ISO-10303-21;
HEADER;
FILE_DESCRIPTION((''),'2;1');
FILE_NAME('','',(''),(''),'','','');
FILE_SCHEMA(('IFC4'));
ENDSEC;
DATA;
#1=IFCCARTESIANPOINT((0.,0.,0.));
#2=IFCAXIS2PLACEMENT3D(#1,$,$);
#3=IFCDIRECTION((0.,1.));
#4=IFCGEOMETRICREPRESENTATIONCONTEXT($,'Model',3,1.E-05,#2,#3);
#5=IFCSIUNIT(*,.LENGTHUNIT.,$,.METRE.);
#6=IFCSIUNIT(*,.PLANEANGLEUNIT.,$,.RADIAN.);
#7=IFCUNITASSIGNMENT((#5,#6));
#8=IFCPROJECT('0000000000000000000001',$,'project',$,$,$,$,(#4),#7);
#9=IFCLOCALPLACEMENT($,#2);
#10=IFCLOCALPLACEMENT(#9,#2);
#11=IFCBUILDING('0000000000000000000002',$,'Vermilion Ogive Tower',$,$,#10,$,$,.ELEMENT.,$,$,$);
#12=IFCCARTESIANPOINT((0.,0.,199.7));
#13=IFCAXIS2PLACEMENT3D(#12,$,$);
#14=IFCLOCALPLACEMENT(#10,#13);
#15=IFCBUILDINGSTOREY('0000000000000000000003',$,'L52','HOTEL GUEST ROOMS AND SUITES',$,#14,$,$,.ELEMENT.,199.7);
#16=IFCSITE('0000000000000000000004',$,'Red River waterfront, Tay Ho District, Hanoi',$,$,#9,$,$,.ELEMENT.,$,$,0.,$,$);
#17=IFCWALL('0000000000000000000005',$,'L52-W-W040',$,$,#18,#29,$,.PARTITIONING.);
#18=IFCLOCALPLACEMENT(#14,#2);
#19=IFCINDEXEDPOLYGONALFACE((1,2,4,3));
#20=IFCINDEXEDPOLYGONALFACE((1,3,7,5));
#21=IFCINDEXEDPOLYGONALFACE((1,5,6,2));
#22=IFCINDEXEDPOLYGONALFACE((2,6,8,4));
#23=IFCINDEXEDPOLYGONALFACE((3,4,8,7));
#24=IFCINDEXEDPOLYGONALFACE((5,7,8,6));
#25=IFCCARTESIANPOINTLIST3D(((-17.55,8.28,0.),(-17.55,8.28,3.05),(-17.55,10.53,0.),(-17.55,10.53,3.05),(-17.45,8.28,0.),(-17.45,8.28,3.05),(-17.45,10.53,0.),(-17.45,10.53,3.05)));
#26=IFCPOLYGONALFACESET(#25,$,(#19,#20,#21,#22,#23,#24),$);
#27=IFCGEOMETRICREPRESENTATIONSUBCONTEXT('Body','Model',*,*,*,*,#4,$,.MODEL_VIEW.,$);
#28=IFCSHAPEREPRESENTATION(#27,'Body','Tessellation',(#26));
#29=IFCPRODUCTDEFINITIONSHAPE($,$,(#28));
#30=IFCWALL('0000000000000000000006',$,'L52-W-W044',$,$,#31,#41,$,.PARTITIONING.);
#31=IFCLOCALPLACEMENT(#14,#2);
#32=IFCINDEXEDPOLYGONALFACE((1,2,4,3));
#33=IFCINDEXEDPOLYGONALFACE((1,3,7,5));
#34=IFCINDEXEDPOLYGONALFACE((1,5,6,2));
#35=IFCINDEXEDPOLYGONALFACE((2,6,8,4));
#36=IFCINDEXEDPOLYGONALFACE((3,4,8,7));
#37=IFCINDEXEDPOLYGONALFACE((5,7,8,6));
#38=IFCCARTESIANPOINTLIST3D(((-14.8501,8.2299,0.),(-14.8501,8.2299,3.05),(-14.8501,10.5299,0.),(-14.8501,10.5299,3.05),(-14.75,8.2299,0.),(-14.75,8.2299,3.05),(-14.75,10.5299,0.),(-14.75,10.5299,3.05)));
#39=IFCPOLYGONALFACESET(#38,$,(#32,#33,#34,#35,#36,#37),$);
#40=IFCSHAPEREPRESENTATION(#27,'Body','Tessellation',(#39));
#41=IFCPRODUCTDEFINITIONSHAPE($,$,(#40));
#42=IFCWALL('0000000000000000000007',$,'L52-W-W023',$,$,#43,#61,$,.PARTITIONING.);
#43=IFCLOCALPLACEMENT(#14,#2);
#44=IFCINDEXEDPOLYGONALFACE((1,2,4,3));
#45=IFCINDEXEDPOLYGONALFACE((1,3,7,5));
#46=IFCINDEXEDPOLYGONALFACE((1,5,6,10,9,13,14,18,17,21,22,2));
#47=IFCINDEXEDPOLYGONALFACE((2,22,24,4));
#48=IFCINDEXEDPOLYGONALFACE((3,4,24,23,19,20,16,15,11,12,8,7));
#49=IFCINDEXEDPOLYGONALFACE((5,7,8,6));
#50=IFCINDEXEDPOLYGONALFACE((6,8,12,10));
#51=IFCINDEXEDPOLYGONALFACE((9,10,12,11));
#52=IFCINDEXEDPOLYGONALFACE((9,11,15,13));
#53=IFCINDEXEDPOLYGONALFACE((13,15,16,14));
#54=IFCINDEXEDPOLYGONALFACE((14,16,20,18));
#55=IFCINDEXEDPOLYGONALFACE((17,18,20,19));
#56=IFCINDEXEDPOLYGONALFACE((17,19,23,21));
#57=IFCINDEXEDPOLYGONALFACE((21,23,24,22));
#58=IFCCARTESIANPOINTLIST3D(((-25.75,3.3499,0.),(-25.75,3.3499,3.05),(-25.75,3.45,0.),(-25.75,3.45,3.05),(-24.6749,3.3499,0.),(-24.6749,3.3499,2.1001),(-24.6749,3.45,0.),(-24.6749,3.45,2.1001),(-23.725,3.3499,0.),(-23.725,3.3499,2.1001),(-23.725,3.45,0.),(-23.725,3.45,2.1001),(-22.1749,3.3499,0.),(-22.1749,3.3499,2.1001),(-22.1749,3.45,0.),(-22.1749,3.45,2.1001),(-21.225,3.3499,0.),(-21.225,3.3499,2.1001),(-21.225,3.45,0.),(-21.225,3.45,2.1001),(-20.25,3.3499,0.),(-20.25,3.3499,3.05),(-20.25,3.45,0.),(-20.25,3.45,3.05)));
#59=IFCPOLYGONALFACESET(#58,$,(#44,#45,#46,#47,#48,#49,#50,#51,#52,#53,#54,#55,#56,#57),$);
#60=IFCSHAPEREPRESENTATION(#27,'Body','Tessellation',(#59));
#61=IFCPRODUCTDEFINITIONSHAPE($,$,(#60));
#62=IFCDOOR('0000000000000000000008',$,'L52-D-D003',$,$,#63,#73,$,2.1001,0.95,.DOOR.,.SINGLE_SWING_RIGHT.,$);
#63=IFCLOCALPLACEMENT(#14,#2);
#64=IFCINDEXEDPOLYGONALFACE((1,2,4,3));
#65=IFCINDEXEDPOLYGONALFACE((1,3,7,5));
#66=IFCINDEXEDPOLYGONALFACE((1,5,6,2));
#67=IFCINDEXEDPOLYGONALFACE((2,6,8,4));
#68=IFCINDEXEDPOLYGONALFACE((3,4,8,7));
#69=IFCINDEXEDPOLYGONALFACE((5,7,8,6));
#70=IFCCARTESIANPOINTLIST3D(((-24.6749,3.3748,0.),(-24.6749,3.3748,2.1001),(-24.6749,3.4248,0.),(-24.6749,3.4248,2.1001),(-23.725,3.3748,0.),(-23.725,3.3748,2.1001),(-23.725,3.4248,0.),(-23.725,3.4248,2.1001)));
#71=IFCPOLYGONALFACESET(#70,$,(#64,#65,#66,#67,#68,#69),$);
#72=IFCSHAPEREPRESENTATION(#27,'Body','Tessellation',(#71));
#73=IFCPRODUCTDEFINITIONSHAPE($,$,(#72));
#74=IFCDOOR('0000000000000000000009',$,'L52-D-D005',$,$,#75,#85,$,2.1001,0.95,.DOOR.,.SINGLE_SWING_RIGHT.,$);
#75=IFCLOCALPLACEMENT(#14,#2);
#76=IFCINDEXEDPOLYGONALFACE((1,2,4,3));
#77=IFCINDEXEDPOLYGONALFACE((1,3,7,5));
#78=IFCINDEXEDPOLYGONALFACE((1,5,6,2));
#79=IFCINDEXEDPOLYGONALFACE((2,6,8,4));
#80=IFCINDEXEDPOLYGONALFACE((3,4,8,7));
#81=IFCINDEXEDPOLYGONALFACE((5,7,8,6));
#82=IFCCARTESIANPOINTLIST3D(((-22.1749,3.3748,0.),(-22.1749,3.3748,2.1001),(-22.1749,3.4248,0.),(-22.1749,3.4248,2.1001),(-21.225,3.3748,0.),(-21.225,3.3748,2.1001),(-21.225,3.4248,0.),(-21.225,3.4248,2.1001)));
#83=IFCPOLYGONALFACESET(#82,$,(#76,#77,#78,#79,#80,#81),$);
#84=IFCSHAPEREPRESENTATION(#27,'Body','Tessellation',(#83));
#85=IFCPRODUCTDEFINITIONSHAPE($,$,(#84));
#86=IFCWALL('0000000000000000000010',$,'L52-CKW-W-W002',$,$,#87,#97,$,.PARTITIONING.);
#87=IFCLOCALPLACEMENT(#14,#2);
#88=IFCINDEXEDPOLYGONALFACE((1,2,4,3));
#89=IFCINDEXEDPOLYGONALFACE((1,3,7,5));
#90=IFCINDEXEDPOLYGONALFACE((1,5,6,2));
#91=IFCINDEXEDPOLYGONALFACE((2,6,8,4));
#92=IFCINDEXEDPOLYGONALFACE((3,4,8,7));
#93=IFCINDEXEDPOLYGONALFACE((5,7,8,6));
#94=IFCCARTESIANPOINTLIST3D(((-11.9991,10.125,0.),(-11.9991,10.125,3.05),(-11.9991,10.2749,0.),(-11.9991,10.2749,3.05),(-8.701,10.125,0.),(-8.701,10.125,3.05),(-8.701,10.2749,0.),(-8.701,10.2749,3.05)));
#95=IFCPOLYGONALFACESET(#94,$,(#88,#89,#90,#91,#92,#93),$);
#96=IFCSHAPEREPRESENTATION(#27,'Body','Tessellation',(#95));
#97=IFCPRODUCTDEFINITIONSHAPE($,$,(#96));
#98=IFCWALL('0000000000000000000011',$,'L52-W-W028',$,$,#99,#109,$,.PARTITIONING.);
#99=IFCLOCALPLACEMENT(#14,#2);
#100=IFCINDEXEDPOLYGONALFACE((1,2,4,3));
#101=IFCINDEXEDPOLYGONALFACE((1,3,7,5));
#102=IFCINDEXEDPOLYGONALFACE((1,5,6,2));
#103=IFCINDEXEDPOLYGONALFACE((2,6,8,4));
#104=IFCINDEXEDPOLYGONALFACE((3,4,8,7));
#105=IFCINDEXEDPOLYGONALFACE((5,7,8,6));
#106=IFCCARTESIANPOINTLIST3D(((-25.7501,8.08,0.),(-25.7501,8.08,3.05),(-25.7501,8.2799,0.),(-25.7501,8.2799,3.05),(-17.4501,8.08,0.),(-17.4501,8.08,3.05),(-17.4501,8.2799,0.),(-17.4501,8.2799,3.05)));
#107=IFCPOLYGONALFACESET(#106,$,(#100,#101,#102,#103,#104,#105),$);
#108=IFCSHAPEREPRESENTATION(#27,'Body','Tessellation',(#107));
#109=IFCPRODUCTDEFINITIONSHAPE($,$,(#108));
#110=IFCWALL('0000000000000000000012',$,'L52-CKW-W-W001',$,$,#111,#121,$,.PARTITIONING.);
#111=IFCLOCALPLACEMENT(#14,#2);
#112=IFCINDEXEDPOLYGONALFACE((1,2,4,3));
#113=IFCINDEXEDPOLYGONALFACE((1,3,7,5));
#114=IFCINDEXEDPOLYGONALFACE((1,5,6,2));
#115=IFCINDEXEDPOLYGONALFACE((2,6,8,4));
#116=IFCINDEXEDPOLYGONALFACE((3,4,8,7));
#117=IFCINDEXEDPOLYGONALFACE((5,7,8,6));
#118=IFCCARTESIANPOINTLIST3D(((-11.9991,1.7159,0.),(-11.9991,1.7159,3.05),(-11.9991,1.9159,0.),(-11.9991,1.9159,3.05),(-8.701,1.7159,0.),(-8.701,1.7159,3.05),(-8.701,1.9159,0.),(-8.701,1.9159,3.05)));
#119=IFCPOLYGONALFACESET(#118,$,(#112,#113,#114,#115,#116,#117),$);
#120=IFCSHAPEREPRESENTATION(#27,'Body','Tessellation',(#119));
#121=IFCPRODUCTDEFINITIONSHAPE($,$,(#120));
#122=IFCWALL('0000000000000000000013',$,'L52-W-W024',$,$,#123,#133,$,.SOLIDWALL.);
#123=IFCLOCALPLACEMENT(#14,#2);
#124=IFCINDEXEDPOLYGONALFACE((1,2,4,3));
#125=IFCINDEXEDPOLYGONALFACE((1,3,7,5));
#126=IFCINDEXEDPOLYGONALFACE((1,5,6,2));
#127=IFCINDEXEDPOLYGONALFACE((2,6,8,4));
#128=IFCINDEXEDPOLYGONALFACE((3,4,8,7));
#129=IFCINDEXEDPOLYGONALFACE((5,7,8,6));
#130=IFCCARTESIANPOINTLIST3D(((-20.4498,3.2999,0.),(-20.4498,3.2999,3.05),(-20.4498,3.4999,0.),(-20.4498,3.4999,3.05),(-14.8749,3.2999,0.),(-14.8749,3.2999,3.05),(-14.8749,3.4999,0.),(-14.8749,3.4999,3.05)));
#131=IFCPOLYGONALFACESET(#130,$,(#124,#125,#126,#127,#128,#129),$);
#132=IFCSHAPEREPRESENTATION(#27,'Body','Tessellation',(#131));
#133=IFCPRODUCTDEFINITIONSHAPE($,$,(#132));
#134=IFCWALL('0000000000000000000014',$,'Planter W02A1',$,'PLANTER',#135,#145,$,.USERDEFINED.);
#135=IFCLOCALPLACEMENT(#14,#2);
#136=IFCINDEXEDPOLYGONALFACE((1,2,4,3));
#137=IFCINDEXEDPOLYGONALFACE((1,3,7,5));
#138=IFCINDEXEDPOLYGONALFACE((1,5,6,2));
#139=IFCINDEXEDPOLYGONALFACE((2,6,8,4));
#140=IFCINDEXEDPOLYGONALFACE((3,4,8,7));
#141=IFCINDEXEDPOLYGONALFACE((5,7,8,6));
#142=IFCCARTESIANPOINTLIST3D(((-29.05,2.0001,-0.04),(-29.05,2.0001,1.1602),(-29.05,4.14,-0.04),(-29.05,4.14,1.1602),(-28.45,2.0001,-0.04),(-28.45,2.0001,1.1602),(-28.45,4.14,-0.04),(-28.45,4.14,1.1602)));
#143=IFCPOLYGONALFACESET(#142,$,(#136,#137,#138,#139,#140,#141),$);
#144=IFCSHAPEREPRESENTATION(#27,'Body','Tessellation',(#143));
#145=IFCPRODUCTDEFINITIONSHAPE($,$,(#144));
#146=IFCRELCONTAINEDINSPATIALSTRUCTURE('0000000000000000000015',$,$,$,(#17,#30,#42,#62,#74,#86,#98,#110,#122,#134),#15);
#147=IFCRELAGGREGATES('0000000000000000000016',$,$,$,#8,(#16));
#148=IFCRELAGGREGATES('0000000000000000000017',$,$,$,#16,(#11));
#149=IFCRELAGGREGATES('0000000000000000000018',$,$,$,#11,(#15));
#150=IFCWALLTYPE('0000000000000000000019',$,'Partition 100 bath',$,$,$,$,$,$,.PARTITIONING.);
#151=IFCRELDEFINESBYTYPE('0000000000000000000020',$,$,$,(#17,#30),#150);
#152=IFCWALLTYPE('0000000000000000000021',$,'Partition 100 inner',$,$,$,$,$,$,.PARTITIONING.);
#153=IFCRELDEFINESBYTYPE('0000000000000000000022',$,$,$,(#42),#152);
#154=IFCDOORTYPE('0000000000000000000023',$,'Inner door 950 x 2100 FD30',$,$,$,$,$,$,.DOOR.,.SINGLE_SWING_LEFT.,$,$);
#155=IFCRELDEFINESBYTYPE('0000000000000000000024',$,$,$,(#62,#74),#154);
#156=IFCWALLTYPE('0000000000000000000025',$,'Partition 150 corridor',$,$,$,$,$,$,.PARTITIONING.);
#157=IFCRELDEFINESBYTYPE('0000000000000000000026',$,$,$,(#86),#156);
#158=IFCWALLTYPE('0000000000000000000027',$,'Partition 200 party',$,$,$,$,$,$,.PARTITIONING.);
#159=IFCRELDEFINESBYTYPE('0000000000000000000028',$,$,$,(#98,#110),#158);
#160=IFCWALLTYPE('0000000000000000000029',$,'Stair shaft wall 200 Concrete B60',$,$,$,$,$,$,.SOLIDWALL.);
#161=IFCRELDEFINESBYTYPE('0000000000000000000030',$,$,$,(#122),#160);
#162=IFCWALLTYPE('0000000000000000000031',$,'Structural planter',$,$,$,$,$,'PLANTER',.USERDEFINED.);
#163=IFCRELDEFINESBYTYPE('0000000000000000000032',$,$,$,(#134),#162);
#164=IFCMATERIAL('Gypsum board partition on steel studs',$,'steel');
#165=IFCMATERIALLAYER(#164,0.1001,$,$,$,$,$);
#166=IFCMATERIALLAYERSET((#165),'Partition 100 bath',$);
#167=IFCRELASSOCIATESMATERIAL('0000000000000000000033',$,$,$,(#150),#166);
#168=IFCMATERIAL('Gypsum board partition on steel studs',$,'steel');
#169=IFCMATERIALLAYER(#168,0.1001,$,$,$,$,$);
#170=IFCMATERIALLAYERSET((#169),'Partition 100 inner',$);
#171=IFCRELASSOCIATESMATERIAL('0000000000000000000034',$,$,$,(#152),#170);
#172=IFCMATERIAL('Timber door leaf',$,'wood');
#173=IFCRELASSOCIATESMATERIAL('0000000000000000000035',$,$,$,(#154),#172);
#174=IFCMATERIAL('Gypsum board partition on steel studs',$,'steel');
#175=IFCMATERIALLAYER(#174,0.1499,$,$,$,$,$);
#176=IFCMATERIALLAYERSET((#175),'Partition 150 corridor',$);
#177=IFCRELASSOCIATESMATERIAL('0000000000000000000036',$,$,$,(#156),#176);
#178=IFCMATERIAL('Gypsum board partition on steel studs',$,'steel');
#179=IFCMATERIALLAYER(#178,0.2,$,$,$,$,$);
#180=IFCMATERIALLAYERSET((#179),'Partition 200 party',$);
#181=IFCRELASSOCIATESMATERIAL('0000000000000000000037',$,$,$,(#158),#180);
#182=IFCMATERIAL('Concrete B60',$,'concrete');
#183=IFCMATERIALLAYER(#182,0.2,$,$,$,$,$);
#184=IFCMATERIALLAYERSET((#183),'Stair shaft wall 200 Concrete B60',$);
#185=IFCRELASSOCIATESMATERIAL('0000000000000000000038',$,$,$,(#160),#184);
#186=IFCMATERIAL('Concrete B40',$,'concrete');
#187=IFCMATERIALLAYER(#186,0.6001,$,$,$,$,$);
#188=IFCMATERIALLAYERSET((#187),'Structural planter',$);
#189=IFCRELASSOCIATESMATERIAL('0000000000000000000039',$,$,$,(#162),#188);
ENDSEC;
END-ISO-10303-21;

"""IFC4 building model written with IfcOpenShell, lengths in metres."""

from ifc_helpers import new_model, si_unit, direction, frame, frame_2d, origin, place, context, subcontext, project, spatial, rectangle, extrude, material, layer, layer_set, type_object, element, fill, save


model = new_model("IFC4")

# Units and contexts
model_context = context("Model", 3, precision=1e-05, world=origin(), true_north=direction((0.0, 1.0)))
body_context = subcontext(model_context, "Body", "Model", "MODEL_VIEW")
ifc_project = project(units=[si_unit("LENGTHUNIT", "METRE"), si_unit("PLANEANGLEUNIT", "RADIAN")], contexts=[model_context])

# Site, building, storey
site_placement = place(None, origin())
site = spatial("IfcSite", under=ifc_project, at=site_placement, Name="Red River waterfront, Tay Ho District, Hanoi", CompositionType="ELEMENT", RefElevation=0.0)
building_placement = place(site_placement, origin())
building = spatial("IfcBuilding", under=site, at=building_placement, Name="Vermilion Ogive Tower", CompositionType="ELEMENT")
storey_placement = place(building_placement, frame((0.0, 0.0, 199.7)))
storey = spatial("IfcBuildingStorey", under=building, at=storey_placement, Name="L52", Description="HOTEL GUEST ROOMS AND SUITES", CompositionType="ELEMENT", Elevation=199.7)

# Shared definitions
ifc_material_1 = material(Name="Gypsum board partition on steel studs", Category="steel")
ifc_layer_1 = layer(ifc_material_1, 0.1001)
ifc_layer_set_1 = layer_set([ifc_layer_1], Name="Partition 100 bath")
wall_type_1 = type_object("IfcWallType", Name="Partition 100 bath", PredefinedType="PARTITIONING", material=ifc_layer_set_1)

# Walls
wall_1_placement = place(storey_placement, frame((-17.5, 8.28, 0.0), z_axis=(0.0, 0.0, 1.0), x_axis=(0.0, 1.0, 0.0)))
element("IfcWall", 1, at=wall_1_placement, inside=storey, type_object=wall_type_1, Name="L52-W-W040", PredefinedType="PARTITIONING", context=body_context, shape_type="SweptSolid", body=[
    extrude(rectangle(XDim=2.25, YDim=0.1001, at=frame_2d((1.125, 0.0))), origin(), (0.0, 0.0, 1.0), 3.05),
])
wall_2_placement = place(storey_placement, frame((-14.8, 8.23, 0.0), z_axis=(0.0, 0.0, 1.0), x_axis=(0.0, 1.0, 0.0)))
element("IfcWall", 2, at=wall_2_placement, inside=storey, type_object=wall_type_1, Name="L52-W-W044", PredefinedType="PARTITIONING", context=body_context, shape_type="SweptSolid", body=[
    extrude(rectangle(XDim=2.3, YDim=0.1001, at=frame_2d((1.1499, 0.0))), origin(), (0.0, 0.0, 1.0), 3.05),
])

# Wall, openings, doors
ifc_material_2 = material(Name="Gypsum board partition on steel studs", Category="steel")
ifc_layer_2 = layer(ifc_material_2, 0.1001)
ifc_layer_set_2 = layer_set([ifc_layer_2], Name="Partition 100 inner")
wall_type_2 = type_object("IfcWallType", Name="Partition 100 inner", PredefinedType="PARTITIONING", material=ifc_layer_set_2)
wall_3_placement = place(storey_placement, frame((-25.75, 3.3999, 0.0), z_axis=(0.0, 0.0, 1.0), x_axis=(1.0, 0.0, 0.0)))
wall_3 = element("IfcWall", 3, at=wall_3_placement, inside=storey, type_object=wall_type_2, Name="L52-W-W023", PredefinedType="PARTITIONING", context=body_context, shape_type="SweptSolid", body=[
    extrude(rectangle(XDim=5.5, YDim=0.1001, at=frame_2d((2.75, 0.0))), origin(), (0.0, 0.0, 1.0), 3.05),
])
opening_1_placement = place(wall_3_placement, frame((1.075, 0.0, 0.0)))
opening_1 = element("IfcOpeningElement", 4, at=opening_1_placement, cuts=wall_3, PredefinedType="OPENING", context=body_context, shape_type="SweptSolid", body=[
    extrude(rectangle(XDim=0.95, YDim=2.1001, at=frame_2d((0.4751, 1.05))), frame((0.0, 0.0601, 0.0), z_axis=(0.0, -1.0, 0.0), x_axis=(1.0, 0.0, 0.0)), (0.0, 0.0, 1.0), 0.1201),
])
opening_2_placement = place(wall_3_placement, frame((3.575, 0.0, 0.0)))
opening_2 = element("IfcOpeningElement", 5, at=opening_2_placement, cuts=wall_3, PredefinedType="OPENING", context=body_context, shape_type="SweptSolid", body=[
    extrude(rectangle(XDim=0.95, YDim=2.1001, at=frame_2d((0.4751, 1.05))), frame((0.0, 0.0601, 0.0), z_axis=(0.0, -1.0, 0.0), x_axis=(1.0, 0.0, 0.0)), (0.0, 0.0, 1.0), 0.1201),
])
ifc_material_3 = material(Name="Timber door leaf", Category="wood")
door_type_1 = type_object("IfcDoorType", Name="Inner door 950 x 2100 FD30", OperationType="SINGLE_SWING_LEFT", PredefinedType="DOOR", material=ifc_material_3)
door_1_placement = place(opening_1_placement, origin())
door_1 = element("IfcDoor", 6, at=door_1_placement, inside=storey, type_object=door_type_1, Name="L52-D-D003", OperationType="SINGLE_SWING_RIGHT", OverallHeight=2.1001, OverallWidth=0.95, PredefinedType="DOOR", context=body_context, shape_type="SweptSolid", body=[
    extrude(rectangle(XDim=0.95, YDim=2.1001, at=frame_2d((0.4751, 1.05))), frame((0.0, 0.0249, 0.0), z_axis=(0.0, -1.0, 0.0), x_axis=(1.0, 0.0, 0.0)), (0.0, 0.0, 1.0), 0.05),
])
fill(opening_1, door_1)
door_2_placement = place(opening_2_placement, origin())
door_2 = element("IfcDoor", 7, at=door_2_placement, inside=storey, type_object=door_type_1, Name="L52-D-D005", OperationType="SINGLE_SWING_RIGHT", OverallHeight=2.1001, OverallWidth=0.95, PredefinedType="DOOR", context=body_context, shape_type="SweptSolid", body=[
    extrude(rectangle(XDim=0.95, YDim=2.1001, at=frame_2d((0.4751, 1.05))), frame((0.0, 0.0249, 0.0), z_axis=(0.0, -1.0, 0.0), x_axis=(1.0, 0.0, 0.0)), (0.0, 0.0, 1.0), 0.05),
])
fill(opening_2, door_2)

# Walls
ifc_material_4 = material(Name="Gypsum board partition on steel studs", Category="steel")
ifc_layer_3 = layer(ifc_material_4, 0.1499)
ifc_layer_set_3 = layer_set([ifc_layer_3], Name="Partition 150 corridor")
wall_type_3 = type_object("IfcWallType", Name="Partition 150 corridor", PredefinedType="PARTITIONING", material=ifc_layer_set_3)
wall_4_placement = place(storey_placement, frame((-11.999, 10.2, 0.0), z_axis=(0.0, 0.0, 1.0), x_axis=(1.0, 0.0, 0.0)))
element("IfcWall", 8, at=wall_4_placement, inside=storey, type_object=wall_type_3, Name="L52-CKW-W-W002", PredefinedType="PARTITIONING", context=body_context, shape_type="SweptSolid", body=[
    extrude(rectangle(XDim=3.2981, YDim=0.1499, at=frame_2d((1.6489, 0.0))), origin(), (0.0, 0.0, 1.0), 3.05),
])
ifc_material_5 = material(Name="Gypsum board partition on steel studs", Category="steel")
ifc_layer_4 = layer(ifc_material_5, 0.2)
ifc_layer_set_4 = layer_set([ifc_layer_4], Name="Partition 200 party")
wall_type_4 = type_object("IfcWallType", Name="Partition 200 party", PredefinedType="PARTITIONING", material=ifc_layer_set_4)
wall_5_placement = place(storey_placement, frame((-25.75, 8.1799, 0.0), z_axis=(0.0, 0.0, 1.0), x_axis=(1.0, 0.0, 0.0)))
element("IfcWall", 9, at=wall_5_placement, inside=storey, type_object=wall_type_4, Name="L52-W-W028", PredefinedType="PARTITIONING", context=body_context, shape_type="SweptSolid", body=[
    extrude(rectangle(XDim=8.3, YDim=0.2, at=frame_2d((4.1499, 0.0))), origin(), (0.0, 0.0, 1.0), 3.05),
])
wall_6_placement = place(storey_placement, frame((-11.999, 1.8159, 0.0), z_axis=(0.0, 0.0, 1.0), x_axis=(1.0, 0.0, 0.0)))
element("IfcWall", 10, at=wall_6_placement, inside=storey, type_object=wall_type_4, Name="L52-CKW-W-W001", PredefinedType="PARTITIONING", context=body_context, shape_type="SweptSolid", body=[
    extrude(rectangle(XDim=3.2981, YDim=0.2, at=frame_2d((1.6489, 0.0))), origin(), (0.0, 0.0, 1.0), 3.05),
])
ifc_material_6 = material(Name="Concrete B60", Category="concrete")
ifc_layer_5 = layer(ifc_material_6, 0.2)
ifc_layer_set_5 = layer_set([ifc_layer_5], Name="Stair shaft wall 200 Concrete B60")
wall_type_5 = type_object("IfcWallType", Name="Stair shaft wall 200 Concrete B60", PredefinedType="SOLIDWALL", material=ifc_layer_set_5)
wall_7_placement = place(storey_placement, frame((-20.45, 3.3999, 0.0), z_axis=(0.0, 0.0, 1.0), x_axis=(1.0, 0.0, 0.0)))
element("IfcWall", 11, at=wall_7_placement, inside=storey, type_object=wall_type_5, Name="L52-W-W024", PredefinedType="SOLIDWALL", context=body_context, shape_type="SweptSolid", body=[
    extrude(rectangle(XDim=5.575, YDim=0.2, at=frame_2d((2.7876, 0.0))), origin(), (0.0, 0.0, 1.0), 3.05),
])
ifc_material_7 = material(Name="Concrete B40", Category="concrete")
ifc_layer_6 = layer(ifc_material_7, 0.6001)
ifc_layer_set_6 = layer_set([ifc_layer_6], Name="Structural planter")
wall_type_6 = type_object("IfcWallType", Name="Structural planter", ElementType="PLANTER", PredefinedType="USERDEFINED", material=ifc_layer_set_6)
wall_8_placement = place(storey_placement, frame((-28.75, 4.1399, -0.04), z_axis=(0.0, 0.0, 1.0), x_axis=(0.0, -1.0, 0.0)))
element("IfcWall", 12, at=wall_8_placement, inside=storey, type_object=wall_type_6, Name="Planter W02A1", ObjectType="PLANTER", PredefinedType="USERDEFINED", context=body_context, shape_type="SweptSolid", body=[
    extrude(rectangle(XDim=2.1399, YDim=0.6001, at=frame_2d((1.0698, 0.0))), origin(), (0.0, 0.0, 1.0), 1.2002),
])

save(model, "model.ifc")
